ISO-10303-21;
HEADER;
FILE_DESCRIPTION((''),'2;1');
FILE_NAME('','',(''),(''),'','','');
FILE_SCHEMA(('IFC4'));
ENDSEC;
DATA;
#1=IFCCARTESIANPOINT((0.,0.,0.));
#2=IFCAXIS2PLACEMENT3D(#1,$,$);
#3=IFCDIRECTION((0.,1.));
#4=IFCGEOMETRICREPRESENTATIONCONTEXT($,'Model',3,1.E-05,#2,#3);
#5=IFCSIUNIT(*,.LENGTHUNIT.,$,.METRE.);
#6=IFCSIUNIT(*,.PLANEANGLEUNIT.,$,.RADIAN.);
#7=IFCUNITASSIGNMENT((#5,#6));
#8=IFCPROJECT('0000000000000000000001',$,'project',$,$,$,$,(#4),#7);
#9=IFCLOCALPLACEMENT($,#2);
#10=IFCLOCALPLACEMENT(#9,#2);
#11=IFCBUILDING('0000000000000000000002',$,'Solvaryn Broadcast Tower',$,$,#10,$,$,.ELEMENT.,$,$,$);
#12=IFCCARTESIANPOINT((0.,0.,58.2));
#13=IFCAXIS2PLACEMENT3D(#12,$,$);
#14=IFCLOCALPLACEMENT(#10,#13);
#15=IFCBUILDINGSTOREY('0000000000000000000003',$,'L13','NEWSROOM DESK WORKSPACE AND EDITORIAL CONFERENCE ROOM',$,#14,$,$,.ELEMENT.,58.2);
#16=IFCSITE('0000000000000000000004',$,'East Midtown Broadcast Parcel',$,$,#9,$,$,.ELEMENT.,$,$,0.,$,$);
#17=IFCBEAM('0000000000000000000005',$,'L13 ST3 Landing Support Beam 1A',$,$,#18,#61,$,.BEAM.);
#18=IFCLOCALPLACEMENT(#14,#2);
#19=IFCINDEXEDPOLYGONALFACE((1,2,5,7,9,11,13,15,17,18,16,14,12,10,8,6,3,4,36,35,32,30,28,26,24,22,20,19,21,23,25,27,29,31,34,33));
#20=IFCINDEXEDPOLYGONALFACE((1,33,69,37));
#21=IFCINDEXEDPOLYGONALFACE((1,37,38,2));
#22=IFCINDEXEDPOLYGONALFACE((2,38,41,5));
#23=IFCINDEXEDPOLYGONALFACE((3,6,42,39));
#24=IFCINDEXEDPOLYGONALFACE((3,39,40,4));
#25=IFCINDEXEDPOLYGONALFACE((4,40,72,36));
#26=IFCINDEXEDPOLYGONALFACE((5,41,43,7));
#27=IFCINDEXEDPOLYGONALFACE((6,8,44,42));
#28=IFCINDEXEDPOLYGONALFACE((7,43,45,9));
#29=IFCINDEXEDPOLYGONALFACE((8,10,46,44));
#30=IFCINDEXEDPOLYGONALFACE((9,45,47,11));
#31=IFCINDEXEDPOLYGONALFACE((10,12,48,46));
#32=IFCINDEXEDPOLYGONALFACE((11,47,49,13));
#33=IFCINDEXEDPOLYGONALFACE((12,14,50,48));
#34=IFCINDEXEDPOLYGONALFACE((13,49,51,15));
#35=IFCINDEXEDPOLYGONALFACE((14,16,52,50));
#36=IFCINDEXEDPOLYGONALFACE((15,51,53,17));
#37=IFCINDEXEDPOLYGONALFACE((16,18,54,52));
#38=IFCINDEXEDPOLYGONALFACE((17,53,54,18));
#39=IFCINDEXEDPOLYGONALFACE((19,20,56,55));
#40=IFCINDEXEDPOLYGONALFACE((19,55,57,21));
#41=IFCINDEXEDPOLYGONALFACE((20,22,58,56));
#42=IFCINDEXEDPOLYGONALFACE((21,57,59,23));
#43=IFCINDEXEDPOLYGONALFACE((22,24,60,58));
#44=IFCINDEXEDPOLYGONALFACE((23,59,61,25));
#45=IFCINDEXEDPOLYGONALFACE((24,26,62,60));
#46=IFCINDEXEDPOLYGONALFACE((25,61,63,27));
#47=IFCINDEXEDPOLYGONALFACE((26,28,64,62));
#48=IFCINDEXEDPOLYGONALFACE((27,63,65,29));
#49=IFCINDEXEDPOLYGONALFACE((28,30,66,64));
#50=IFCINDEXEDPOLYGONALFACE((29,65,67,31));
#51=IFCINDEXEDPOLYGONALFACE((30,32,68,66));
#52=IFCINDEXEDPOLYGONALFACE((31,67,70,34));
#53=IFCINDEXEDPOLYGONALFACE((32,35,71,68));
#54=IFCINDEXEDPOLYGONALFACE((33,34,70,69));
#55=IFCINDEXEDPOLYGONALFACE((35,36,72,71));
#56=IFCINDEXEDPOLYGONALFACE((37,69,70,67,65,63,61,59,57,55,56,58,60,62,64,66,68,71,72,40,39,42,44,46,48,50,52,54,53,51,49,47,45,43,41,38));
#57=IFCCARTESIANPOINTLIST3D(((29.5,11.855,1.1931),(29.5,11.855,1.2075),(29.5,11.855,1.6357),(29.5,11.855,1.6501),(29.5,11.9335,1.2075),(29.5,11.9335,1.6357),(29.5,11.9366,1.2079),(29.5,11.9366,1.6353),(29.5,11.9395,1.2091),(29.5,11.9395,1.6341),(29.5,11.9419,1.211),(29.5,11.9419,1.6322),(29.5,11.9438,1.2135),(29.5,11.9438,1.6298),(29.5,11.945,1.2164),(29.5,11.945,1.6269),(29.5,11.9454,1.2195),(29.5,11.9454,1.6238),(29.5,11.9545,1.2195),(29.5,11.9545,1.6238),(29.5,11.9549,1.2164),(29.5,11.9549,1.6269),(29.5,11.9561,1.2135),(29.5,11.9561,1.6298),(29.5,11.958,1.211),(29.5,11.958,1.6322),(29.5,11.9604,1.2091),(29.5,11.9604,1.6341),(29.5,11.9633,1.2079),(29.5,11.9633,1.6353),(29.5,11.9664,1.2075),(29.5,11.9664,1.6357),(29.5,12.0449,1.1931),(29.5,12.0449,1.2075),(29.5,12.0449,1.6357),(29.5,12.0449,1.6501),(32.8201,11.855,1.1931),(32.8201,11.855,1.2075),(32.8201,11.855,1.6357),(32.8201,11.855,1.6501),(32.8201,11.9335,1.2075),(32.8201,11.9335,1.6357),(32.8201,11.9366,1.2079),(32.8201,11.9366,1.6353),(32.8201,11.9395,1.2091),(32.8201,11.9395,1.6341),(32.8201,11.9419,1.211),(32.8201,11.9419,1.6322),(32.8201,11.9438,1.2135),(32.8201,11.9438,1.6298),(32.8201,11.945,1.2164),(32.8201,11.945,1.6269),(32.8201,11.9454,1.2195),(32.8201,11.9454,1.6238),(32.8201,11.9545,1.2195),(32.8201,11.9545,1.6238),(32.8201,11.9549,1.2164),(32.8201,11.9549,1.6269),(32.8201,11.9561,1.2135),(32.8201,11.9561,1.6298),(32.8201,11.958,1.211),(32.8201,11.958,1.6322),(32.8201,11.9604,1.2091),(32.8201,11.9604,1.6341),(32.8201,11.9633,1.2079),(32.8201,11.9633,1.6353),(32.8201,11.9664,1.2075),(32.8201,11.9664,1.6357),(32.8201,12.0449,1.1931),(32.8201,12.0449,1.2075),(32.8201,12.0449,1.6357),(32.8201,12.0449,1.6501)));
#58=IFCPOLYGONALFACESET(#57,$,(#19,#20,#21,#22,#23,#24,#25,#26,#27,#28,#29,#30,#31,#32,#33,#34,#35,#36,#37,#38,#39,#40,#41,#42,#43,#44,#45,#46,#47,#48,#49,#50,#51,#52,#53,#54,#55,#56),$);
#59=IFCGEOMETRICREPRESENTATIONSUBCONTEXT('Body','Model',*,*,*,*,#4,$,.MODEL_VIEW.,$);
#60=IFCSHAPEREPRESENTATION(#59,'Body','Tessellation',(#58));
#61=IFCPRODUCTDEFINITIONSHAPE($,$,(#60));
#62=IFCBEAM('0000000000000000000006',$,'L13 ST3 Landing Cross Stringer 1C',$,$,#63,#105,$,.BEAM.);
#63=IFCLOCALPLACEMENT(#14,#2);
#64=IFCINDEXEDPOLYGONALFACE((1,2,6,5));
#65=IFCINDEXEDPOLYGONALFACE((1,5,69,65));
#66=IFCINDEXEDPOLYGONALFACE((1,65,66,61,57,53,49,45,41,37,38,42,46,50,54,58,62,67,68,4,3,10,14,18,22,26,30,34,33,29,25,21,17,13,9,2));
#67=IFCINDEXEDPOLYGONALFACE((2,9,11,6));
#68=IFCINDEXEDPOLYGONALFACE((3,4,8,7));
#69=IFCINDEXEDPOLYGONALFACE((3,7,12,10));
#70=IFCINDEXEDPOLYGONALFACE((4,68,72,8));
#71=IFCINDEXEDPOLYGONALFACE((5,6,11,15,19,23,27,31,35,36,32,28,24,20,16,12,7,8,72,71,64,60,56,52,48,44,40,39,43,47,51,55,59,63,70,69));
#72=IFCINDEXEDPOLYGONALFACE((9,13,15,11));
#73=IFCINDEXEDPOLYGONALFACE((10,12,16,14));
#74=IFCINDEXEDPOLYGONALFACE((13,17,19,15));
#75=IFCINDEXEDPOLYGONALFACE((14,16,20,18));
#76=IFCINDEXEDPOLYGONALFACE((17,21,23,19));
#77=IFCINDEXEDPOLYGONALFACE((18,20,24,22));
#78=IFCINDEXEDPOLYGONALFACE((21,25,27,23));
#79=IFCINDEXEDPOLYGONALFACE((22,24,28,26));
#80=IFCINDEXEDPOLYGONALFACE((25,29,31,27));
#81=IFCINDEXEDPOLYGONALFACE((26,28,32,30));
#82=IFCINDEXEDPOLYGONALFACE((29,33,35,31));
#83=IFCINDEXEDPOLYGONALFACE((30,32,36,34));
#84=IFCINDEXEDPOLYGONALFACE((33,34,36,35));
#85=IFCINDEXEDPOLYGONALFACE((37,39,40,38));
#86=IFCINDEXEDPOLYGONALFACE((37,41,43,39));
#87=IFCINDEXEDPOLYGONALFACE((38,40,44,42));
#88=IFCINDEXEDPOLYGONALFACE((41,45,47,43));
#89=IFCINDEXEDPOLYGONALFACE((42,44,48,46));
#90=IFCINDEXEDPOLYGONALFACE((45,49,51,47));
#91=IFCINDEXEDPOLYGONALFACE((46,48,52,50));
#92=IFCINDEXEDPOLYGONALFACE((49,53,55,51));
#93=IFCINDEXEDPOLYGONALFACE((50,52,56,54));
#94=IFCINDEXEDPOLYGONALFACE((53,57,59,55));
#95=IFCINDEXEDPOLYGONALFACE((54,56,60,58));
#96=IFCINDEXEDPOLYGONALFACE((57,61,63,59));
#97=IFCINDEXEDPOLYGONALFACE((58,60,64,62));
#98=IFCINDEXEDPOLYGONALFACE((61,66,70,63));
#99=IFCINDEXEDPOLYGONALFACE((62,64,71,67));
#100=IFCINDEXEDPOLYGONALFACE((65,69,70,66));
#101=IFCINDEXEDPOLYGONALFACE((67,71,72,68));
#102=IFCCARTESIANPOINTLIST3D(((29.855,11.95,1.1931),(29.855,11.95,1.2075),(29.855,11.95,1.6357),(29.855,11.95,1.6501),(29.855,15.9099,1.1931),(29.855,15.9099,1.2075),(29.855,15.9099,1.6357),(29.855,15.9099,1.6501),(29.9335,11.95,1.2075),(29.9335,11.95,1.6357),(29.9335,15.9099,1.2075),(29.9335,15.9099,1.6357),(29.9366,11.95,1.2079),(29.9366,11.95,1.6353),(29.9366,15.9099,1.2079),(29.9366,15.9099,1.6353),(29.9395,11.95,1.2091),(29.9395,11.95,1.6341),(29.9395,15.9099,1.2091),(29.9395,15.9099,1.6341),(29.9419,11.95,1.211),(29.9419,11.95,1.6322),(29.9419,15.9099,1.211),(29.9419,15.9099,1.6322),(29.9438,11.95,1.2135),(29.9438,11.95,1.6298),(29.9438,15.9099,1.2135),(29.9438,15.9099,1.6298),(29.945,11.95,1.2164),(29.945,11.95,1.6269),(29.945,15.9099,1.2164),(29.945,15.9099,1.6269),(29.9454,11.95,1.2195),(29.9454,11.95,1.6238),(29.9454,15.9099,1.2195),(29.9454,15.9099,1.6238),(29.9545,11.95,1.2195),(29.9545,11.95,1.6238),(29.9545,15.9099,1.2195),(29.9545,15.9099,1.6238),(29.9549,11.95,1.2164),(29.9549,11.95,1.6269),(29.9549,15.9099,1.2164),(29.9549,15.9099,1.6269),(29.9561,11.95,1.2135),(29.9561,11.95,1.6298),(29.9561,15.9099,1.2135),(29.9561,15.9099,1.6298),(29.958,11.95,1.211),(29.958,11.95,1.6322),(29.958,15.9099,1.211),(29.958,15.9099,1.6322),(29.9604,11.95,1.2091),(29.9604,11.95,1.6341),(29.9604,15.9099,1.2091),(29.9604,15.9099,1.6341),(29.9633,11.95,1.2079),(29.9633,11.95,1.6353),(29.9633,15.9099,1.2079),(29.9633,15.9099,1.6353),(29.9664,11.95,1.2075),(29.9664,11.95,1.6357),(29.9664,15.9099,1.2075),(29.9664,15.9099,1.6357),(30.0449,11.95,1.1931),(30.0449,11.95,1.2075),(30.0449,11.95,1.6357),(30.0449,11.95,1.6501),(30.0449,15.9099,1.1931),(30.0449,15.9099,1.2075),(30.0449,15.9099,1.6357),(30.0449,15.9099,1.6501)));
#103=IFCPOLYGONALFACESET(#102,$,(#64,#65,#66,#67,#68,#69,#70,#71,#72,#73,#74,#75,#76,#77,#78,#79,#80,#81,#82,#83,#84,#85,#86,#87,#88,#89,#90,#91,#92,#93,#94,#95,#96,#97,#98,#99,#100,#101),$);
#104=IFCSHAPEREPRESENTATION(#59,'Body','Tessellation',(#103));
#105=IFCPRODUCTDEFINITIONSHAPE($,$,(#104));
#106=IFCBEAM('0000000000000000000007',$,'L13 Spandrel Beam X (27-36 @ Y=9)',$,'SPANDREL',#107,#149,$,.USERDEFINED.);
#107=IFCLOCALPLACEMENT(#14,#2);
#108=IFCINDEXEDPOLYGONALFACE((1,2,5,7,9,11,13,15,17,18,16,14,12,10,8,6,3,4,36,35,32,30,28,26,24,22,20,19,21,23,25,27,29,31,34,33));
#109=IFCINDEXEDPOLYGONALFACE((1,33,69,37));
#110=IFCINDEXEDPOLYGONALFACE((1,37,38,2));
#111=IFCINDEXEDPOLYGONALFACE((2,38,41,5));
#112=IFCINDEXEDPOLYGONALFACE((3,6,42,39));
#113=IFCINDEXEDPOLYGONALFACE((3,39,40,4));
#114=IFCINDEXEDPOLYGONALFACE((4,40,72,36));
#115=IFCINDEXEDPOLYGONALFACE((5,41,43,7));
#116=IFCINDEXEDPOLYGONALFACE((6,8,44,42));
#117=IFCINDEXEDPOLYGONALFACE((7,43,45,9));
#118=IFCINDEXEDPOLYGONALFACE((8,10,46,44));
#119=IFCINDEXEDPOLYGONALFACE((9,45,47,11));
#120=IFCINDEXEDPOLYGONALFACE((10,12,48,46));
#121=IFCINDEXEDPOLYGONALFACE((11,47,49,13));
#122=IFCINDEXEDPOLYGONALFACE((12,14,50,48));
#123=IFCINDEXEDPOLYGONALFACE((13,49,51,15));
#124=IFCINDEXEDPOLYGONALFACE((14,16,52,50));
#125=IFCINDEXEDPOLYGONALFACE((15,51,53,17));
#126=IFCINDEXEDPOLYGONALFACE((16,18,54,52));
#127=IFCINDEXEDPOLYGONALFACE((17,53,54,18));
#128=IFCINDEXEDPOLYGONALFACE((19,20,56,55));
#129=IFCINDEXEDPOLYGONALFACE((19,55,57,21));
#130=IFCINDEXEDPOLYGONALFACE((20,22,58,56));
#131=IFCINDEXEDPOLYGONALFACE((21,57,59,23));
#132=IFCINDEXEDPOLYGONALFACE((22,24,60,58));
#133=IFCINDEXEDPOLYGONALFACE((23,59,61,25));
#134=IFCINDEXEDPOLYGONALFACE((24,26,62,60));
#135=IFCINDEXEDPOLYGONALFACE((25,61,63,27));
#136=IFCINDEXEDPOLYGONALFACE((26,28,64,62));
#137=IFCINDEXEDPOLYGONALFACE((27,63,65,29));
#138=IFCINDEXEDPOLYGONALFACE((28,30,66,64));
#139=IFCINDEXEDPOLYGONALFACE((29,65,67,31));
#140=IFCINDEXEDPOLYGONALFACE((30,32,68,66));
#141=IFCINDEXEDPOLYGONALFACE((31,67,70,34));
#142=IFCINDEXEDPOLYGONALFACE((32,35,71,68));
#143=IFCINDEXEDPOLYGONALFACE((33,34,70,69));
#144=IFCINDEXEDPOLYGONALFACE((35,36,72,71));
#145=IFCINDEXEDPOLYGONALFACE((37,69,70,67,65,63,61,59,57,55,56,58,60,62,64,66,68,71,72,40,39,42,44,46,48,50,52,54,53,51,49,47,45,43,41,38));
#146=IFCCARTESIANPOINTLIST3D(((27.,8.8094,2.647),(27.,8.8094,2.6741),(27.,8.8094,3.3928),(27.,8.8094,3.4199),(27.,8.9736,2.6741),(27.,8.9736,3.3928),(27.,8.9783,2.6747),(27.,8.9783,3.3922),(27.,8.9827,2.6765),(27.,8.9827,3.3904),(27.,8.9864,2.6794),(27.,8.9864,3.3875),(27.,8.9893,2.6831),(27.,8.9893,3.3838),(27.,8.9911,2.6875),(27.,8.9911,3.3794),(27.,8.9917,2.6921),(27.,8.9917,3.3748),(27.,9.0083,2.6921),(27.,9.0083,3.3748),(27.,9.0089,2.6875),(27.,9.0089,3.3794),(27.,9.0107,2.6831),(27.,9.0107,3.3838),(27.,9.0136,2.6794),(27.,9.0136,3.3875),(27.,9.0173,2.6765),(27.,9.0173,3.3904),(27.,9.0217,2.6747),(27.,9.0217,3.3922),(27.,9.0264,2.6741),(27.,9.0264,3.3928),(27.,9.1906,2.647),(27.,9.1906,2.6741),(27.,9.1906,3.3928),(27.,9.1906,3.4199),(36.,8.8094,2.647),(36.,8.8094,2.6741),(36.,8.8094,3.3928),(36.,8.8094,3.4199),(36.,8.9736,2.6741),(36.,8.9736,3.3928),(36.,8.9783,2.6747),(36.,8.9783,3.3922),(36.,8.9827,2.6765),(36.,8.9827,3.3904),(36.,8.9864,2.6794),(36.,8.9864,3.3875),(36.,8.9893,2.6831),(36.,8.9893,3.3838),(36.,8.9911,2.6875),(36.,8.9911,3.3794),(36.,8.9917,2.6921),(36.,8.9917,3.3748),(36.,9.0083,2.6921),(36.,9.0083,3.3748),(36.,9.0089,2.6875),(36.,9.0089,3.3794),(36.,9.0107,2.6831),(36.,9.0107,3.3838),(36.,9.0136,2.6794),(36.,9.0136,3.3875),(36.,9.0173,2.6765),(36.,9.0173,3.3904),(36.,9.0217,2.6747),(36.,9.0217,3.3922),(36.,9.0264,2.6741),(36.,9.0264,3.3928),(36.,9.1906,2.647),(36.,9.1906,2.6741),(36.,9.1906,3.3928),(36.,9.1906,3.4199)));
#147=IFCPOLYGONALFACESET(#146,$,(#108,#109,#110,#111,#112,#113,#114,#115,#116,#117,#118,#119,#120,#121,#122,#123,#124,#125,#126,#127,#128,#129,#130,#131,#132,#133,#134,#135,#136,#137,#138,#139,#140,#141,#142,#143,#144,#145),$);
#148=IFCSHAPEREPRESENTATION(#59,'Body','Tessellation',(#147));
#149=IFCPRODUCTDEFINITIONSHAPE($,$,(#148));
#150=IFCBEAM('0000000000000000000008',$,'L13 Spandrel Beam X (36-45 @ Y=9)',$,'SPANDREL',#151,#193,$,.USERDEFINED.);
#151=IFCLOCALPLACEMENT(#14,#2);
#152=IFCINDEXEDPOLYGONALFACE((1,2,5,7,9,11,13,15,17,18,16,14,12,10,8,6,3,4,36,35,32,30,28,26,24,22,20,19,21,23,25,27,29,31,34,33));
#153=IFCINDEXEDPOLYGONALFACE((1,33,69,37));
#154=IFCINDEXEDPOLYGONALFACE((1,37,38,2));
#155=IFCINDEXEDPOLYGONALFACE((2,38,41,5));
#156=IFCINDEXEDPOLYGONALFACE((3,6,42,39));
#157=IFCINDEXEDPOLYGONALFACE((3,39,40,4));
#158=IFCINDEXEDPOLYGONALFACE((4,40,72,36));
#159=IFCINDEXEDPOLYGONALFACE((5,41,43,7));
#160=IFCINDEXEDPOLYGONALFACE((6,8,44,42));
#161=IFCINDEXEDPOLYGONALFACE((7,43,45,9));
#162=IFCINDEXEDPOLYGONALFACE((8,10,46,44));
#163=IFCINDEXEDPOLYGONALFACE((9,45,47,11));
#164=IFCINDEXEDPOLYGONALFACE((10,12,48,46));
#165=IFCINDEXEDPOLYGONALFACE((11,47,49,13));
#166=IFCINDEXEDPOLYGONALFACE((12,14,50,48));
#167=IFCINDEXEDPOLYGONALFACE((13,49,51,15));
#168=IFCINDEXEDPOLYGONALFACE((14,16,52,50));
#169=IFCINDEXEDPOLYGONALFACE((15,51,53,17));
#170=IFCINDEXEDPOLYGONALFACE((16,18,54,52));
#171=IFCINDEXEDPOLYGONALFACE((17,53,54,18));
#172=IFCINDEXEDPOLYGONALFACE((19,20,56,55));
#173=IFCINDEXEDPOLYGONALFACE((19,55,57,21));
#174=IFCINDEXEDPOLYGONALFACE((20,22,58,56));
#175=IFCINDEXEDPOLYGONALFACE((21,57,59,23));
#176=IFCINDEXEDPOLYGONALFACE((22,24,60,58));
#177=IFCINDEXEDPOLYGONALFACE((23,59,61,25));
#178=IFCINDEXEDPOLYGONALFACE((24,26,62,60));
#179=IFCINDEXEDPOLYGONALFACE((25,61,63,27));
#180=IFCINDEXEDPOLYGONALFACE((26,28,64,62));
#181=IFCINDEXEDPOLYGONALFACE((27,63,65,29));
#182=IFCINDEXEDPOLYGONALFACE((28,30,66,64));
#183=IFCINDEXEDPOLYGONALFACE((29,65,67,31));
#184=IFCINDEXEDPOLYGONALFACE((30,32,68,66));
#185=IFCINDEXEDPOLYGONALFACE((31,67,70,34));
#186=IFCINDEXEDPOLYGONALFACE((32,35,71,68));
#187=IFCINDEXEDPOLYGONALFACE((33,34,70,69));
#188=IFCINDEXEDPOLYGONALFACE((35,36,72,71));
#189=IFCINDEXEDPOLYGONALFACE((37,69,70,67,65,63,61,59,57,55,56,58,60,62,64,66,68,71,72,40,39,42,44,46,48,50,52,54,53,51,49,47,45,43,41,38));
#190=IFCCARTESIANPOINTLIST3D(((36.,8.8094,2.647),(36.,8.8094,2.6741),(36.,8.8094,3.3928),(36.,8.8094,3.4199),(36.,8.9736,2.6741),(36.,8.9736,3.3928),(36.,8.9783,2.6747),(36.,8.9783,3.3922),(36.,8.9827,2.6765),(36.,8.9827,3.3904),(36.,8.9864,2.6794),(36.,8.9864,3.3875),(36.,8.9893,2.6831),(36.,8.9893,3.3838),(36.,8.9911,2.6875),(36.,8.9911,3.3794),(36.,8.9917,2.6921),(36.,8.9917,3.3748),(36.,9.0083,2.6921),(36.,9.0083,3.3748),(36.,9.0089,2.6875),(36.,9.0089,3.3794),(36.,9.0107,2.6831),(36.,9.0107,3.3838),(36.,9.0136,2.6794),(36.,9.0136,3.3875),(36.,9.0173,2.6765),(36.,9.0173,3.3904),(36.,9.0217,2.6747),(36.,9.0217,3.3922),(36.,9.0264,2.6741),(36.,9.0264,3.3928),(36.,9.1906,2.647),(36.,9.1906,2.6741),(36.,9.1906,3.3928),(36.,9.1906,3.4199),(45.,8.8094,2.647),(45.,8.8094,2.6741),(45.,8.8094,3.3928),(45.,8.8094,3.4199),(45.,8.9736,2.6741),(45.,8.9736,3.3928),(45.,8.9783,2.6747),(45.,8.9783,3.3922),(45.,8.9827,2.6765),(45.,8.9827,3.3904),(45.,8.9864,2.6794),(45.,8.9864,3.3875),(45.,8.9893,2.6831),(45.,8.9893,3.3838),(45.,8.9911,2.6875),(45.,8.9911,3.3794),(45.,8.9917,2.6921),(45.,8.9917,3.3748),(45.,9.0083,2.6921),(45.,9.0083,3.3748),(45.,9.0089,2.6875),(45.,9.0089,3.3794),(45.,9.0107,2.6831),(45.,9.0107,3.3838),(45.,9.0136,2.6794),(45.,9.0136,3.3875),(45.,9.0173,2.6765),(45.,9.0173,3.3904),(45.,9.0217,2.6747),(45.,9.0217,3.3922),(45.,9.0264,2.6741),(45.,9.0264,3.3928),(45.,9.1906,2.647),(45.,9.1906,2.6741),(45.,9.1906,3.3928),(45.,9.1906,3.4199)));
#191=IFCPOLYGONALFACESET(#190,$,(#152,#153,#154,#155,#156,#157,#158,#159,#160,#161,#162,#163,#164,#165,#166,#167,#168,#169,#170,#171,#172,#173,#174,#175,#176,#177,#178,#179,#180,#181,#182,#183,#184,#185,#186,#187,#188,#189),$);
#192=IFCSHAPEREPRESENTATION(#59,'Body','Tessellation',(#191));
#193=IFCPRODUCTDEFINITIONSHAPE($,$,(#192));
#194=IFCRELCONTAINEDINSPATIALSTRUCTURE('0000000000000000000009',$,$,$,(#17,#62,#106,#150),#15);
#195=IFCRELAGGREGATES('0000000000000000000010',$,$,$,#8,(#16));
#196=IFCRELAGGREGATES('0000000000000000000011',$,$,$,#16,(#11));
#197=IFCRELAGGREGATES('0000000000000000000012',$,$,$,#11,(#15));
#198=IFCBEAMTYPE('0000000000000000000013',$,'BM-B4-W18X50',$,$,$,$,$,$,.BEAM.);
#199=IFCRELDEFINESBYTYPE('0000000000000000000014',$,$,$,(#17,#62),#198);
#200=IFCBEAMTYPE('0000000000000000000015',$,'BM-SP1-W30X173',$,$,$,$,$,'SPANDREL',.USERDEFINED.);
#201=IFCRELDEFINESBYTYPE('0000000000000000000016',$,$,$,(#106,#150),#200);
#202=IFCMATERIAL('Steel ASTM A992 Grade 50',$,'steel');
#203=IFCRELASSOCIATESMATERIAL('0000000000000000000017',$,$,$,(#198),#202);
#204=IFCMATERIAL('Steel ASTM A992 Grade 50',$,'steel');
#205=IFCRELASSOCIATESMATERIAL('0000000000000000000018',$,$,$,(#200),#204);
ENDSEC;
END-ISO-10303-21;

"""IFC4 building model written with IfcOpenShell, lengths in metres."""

from ifc_helpers import new_model, si_unit, direction, frame, origin, origin_2d, place, context, subcontext, project, spatial, i_section, extrude, material, material_profile, profile_set, type_object, element, save


model = new_model("IFC4")

# Units and contexts
model_context = context("Model", 3, precision=1e-05, world=origin(), true_north=direction((0.0, 1.0)))
body_context = subcontext(model_context, "Body", "Model", "MODEL_VIEW")
ifc_project = project(units=[si_unit("LENGTHUNIT", "METRE"), si_unit("PLANEANGLEUNIT", "RADIAN")], contexts=[model_context])

# Site, building, storey
site_placement = place(None, origin())
site = spatial("IfcSite", under=ifc_project, at=site_placement, Name="East Midtown Broadcast Parcel", CompositionType="ELEMENT", RefElevation=0.0)
building_placement = place(site_placement, origin())
building = spatial("IfcBuilding", under=site, at=building_placement, Name="Solvaryn Broadcast Tower", CompositionType="ELEMENT")
storey_placement = place(building_placement, frame((0.0, 0.0, 58.2)))
storey = spatial("IfcBuildingStorey", under=building, at=storey_placement, Name="L13", Description="NEWSROOM DESK WORKSPACE AND EDITORIAL CONFERENCE ROOM", CompositionType="ELEMENT", Elevation=58.2)

# Beams
ifc_material_1 = material(Name="Steel ASTM A992 Grade 50", Category="steel")
ifc_material_profile_1 = material_profile(ifc_material_1, i_section(OverallWidth=0.1899, OverallDepth=0.457, WebThickness=0.009, FlangeThickness=0.0144, FilletRadius=0.012, at=origin_2d()))
ifc_profile_set_1 = profile_set([ifc_material_profile_1], Name="Steel ASTM A992 Grade 50")
beam_type_1 = type_object("IfcBeamType", Name="BM-B4-W18X50", PredefinedType="BEAM", material=ifc_profile_set_1)
beam_1_placement = place(storey_placement, frame((29.5, 11.95, 1.4216), z_axis=(1.0, 0.0, 0.0), x_axis=(0.0, 1.0, 0.0)))
element("IfcBeam", 1, at=beam_1_placement, inside=storey, type_object=beam_type_1, Name="L13 ST3 Landing Support Beam 1A", PredefinedType="BEAM", context=body_context, shape_type="SweptSolid", body=[
    extrude(i_section(OverallWidth=0.1899, OverallDepth=0.457, WebThickness=0.009, FlangeThickness=0.0144, FilletRadius=0.012, at=origin_2d()), origin(), (0.0, 0.0, 1.0), 3.3201),
])
beam_2_placement = place(storey_placement, frame((29.95, 11.95, 1.4216), z_axis=(0.0, 1.0, 0.0), x_axis=(-1.0, 0.0, 0.0)))
element("IfcBeam", 2, at=beam_2_placement, inside=storey, type_object=beam_type_1, Name="L13 ST3 Landing Cross Stringer 1C", PredefinedType="BEAM", context=body_context, shape_type="SweptSolid", body=[
    extrude(i_section(OverallWidth=0.1899, OverallDepth=0.457, WebThickness=0.009, FlangeThickness=0.0144, FilletRadius=0.012, at=origin_2d()), origin(), (0.0, 0.0, 1.0), 3.96),
])
ifc_material_2 = material(Name="Steel ASTM A992 Grade 50", Category="steel")
ifc_material_profile_2 = material_profile(ifc_material_2, i_section(OverallWidth=0.3811, OverallDepth=0.7729, WebThickness=0.0166, FlangeThickness=0.0271, FilletRadius=0.0181, at=origin_2d()))
ifc_profile_set_2 = profile_set([ifc_material_profile_2], Name="Steel ASTM A992 Grade 50")
beam_type_2 = type_object("IfcBeamType", Name="BM-SP1-W30X173", ElementType="SPANDREL", PredefinedType="USERDEFINED", material=ifc_profile_set_2)
for number, where, z_axis, x_axis, name in (
    (3, (27.0, 9.0, 3.0334), (1.0, 0.0, 0.0), (0.0, 1.0, 0.0), "L13 Spandrel Beam X (27-36 @ Y=9)"),
    (4, (36.0, 9.0, 3.0334), (1.0, 0.0, 0.0), (0.0, 1.0, 0.0), "L13 Spandrel Beam X (36-45 @ Y=9)"),
):
    element("IfcBeam", number, at=place(storey_placement, frame(where, z_axis=z_axis, x_axis=x_axis)), inside=storey, type_object=beam_type_2, Name=name, ObjectType="SPANDREL", PredefinedType="USERDEFINED", context=body_context, shape_type="SweptSolid", body=[
        extrude(i_section(OverallWidth=0.3811, OverallDepth=0.7729, WebThickness=0.0166, FlangeThickness=0.0271, FilletRadius=0.0181, at=origin_2d()), origin(), (0.0, 0.0, 1.0), 9.0),
    ])

save(model, "model.ifc")
